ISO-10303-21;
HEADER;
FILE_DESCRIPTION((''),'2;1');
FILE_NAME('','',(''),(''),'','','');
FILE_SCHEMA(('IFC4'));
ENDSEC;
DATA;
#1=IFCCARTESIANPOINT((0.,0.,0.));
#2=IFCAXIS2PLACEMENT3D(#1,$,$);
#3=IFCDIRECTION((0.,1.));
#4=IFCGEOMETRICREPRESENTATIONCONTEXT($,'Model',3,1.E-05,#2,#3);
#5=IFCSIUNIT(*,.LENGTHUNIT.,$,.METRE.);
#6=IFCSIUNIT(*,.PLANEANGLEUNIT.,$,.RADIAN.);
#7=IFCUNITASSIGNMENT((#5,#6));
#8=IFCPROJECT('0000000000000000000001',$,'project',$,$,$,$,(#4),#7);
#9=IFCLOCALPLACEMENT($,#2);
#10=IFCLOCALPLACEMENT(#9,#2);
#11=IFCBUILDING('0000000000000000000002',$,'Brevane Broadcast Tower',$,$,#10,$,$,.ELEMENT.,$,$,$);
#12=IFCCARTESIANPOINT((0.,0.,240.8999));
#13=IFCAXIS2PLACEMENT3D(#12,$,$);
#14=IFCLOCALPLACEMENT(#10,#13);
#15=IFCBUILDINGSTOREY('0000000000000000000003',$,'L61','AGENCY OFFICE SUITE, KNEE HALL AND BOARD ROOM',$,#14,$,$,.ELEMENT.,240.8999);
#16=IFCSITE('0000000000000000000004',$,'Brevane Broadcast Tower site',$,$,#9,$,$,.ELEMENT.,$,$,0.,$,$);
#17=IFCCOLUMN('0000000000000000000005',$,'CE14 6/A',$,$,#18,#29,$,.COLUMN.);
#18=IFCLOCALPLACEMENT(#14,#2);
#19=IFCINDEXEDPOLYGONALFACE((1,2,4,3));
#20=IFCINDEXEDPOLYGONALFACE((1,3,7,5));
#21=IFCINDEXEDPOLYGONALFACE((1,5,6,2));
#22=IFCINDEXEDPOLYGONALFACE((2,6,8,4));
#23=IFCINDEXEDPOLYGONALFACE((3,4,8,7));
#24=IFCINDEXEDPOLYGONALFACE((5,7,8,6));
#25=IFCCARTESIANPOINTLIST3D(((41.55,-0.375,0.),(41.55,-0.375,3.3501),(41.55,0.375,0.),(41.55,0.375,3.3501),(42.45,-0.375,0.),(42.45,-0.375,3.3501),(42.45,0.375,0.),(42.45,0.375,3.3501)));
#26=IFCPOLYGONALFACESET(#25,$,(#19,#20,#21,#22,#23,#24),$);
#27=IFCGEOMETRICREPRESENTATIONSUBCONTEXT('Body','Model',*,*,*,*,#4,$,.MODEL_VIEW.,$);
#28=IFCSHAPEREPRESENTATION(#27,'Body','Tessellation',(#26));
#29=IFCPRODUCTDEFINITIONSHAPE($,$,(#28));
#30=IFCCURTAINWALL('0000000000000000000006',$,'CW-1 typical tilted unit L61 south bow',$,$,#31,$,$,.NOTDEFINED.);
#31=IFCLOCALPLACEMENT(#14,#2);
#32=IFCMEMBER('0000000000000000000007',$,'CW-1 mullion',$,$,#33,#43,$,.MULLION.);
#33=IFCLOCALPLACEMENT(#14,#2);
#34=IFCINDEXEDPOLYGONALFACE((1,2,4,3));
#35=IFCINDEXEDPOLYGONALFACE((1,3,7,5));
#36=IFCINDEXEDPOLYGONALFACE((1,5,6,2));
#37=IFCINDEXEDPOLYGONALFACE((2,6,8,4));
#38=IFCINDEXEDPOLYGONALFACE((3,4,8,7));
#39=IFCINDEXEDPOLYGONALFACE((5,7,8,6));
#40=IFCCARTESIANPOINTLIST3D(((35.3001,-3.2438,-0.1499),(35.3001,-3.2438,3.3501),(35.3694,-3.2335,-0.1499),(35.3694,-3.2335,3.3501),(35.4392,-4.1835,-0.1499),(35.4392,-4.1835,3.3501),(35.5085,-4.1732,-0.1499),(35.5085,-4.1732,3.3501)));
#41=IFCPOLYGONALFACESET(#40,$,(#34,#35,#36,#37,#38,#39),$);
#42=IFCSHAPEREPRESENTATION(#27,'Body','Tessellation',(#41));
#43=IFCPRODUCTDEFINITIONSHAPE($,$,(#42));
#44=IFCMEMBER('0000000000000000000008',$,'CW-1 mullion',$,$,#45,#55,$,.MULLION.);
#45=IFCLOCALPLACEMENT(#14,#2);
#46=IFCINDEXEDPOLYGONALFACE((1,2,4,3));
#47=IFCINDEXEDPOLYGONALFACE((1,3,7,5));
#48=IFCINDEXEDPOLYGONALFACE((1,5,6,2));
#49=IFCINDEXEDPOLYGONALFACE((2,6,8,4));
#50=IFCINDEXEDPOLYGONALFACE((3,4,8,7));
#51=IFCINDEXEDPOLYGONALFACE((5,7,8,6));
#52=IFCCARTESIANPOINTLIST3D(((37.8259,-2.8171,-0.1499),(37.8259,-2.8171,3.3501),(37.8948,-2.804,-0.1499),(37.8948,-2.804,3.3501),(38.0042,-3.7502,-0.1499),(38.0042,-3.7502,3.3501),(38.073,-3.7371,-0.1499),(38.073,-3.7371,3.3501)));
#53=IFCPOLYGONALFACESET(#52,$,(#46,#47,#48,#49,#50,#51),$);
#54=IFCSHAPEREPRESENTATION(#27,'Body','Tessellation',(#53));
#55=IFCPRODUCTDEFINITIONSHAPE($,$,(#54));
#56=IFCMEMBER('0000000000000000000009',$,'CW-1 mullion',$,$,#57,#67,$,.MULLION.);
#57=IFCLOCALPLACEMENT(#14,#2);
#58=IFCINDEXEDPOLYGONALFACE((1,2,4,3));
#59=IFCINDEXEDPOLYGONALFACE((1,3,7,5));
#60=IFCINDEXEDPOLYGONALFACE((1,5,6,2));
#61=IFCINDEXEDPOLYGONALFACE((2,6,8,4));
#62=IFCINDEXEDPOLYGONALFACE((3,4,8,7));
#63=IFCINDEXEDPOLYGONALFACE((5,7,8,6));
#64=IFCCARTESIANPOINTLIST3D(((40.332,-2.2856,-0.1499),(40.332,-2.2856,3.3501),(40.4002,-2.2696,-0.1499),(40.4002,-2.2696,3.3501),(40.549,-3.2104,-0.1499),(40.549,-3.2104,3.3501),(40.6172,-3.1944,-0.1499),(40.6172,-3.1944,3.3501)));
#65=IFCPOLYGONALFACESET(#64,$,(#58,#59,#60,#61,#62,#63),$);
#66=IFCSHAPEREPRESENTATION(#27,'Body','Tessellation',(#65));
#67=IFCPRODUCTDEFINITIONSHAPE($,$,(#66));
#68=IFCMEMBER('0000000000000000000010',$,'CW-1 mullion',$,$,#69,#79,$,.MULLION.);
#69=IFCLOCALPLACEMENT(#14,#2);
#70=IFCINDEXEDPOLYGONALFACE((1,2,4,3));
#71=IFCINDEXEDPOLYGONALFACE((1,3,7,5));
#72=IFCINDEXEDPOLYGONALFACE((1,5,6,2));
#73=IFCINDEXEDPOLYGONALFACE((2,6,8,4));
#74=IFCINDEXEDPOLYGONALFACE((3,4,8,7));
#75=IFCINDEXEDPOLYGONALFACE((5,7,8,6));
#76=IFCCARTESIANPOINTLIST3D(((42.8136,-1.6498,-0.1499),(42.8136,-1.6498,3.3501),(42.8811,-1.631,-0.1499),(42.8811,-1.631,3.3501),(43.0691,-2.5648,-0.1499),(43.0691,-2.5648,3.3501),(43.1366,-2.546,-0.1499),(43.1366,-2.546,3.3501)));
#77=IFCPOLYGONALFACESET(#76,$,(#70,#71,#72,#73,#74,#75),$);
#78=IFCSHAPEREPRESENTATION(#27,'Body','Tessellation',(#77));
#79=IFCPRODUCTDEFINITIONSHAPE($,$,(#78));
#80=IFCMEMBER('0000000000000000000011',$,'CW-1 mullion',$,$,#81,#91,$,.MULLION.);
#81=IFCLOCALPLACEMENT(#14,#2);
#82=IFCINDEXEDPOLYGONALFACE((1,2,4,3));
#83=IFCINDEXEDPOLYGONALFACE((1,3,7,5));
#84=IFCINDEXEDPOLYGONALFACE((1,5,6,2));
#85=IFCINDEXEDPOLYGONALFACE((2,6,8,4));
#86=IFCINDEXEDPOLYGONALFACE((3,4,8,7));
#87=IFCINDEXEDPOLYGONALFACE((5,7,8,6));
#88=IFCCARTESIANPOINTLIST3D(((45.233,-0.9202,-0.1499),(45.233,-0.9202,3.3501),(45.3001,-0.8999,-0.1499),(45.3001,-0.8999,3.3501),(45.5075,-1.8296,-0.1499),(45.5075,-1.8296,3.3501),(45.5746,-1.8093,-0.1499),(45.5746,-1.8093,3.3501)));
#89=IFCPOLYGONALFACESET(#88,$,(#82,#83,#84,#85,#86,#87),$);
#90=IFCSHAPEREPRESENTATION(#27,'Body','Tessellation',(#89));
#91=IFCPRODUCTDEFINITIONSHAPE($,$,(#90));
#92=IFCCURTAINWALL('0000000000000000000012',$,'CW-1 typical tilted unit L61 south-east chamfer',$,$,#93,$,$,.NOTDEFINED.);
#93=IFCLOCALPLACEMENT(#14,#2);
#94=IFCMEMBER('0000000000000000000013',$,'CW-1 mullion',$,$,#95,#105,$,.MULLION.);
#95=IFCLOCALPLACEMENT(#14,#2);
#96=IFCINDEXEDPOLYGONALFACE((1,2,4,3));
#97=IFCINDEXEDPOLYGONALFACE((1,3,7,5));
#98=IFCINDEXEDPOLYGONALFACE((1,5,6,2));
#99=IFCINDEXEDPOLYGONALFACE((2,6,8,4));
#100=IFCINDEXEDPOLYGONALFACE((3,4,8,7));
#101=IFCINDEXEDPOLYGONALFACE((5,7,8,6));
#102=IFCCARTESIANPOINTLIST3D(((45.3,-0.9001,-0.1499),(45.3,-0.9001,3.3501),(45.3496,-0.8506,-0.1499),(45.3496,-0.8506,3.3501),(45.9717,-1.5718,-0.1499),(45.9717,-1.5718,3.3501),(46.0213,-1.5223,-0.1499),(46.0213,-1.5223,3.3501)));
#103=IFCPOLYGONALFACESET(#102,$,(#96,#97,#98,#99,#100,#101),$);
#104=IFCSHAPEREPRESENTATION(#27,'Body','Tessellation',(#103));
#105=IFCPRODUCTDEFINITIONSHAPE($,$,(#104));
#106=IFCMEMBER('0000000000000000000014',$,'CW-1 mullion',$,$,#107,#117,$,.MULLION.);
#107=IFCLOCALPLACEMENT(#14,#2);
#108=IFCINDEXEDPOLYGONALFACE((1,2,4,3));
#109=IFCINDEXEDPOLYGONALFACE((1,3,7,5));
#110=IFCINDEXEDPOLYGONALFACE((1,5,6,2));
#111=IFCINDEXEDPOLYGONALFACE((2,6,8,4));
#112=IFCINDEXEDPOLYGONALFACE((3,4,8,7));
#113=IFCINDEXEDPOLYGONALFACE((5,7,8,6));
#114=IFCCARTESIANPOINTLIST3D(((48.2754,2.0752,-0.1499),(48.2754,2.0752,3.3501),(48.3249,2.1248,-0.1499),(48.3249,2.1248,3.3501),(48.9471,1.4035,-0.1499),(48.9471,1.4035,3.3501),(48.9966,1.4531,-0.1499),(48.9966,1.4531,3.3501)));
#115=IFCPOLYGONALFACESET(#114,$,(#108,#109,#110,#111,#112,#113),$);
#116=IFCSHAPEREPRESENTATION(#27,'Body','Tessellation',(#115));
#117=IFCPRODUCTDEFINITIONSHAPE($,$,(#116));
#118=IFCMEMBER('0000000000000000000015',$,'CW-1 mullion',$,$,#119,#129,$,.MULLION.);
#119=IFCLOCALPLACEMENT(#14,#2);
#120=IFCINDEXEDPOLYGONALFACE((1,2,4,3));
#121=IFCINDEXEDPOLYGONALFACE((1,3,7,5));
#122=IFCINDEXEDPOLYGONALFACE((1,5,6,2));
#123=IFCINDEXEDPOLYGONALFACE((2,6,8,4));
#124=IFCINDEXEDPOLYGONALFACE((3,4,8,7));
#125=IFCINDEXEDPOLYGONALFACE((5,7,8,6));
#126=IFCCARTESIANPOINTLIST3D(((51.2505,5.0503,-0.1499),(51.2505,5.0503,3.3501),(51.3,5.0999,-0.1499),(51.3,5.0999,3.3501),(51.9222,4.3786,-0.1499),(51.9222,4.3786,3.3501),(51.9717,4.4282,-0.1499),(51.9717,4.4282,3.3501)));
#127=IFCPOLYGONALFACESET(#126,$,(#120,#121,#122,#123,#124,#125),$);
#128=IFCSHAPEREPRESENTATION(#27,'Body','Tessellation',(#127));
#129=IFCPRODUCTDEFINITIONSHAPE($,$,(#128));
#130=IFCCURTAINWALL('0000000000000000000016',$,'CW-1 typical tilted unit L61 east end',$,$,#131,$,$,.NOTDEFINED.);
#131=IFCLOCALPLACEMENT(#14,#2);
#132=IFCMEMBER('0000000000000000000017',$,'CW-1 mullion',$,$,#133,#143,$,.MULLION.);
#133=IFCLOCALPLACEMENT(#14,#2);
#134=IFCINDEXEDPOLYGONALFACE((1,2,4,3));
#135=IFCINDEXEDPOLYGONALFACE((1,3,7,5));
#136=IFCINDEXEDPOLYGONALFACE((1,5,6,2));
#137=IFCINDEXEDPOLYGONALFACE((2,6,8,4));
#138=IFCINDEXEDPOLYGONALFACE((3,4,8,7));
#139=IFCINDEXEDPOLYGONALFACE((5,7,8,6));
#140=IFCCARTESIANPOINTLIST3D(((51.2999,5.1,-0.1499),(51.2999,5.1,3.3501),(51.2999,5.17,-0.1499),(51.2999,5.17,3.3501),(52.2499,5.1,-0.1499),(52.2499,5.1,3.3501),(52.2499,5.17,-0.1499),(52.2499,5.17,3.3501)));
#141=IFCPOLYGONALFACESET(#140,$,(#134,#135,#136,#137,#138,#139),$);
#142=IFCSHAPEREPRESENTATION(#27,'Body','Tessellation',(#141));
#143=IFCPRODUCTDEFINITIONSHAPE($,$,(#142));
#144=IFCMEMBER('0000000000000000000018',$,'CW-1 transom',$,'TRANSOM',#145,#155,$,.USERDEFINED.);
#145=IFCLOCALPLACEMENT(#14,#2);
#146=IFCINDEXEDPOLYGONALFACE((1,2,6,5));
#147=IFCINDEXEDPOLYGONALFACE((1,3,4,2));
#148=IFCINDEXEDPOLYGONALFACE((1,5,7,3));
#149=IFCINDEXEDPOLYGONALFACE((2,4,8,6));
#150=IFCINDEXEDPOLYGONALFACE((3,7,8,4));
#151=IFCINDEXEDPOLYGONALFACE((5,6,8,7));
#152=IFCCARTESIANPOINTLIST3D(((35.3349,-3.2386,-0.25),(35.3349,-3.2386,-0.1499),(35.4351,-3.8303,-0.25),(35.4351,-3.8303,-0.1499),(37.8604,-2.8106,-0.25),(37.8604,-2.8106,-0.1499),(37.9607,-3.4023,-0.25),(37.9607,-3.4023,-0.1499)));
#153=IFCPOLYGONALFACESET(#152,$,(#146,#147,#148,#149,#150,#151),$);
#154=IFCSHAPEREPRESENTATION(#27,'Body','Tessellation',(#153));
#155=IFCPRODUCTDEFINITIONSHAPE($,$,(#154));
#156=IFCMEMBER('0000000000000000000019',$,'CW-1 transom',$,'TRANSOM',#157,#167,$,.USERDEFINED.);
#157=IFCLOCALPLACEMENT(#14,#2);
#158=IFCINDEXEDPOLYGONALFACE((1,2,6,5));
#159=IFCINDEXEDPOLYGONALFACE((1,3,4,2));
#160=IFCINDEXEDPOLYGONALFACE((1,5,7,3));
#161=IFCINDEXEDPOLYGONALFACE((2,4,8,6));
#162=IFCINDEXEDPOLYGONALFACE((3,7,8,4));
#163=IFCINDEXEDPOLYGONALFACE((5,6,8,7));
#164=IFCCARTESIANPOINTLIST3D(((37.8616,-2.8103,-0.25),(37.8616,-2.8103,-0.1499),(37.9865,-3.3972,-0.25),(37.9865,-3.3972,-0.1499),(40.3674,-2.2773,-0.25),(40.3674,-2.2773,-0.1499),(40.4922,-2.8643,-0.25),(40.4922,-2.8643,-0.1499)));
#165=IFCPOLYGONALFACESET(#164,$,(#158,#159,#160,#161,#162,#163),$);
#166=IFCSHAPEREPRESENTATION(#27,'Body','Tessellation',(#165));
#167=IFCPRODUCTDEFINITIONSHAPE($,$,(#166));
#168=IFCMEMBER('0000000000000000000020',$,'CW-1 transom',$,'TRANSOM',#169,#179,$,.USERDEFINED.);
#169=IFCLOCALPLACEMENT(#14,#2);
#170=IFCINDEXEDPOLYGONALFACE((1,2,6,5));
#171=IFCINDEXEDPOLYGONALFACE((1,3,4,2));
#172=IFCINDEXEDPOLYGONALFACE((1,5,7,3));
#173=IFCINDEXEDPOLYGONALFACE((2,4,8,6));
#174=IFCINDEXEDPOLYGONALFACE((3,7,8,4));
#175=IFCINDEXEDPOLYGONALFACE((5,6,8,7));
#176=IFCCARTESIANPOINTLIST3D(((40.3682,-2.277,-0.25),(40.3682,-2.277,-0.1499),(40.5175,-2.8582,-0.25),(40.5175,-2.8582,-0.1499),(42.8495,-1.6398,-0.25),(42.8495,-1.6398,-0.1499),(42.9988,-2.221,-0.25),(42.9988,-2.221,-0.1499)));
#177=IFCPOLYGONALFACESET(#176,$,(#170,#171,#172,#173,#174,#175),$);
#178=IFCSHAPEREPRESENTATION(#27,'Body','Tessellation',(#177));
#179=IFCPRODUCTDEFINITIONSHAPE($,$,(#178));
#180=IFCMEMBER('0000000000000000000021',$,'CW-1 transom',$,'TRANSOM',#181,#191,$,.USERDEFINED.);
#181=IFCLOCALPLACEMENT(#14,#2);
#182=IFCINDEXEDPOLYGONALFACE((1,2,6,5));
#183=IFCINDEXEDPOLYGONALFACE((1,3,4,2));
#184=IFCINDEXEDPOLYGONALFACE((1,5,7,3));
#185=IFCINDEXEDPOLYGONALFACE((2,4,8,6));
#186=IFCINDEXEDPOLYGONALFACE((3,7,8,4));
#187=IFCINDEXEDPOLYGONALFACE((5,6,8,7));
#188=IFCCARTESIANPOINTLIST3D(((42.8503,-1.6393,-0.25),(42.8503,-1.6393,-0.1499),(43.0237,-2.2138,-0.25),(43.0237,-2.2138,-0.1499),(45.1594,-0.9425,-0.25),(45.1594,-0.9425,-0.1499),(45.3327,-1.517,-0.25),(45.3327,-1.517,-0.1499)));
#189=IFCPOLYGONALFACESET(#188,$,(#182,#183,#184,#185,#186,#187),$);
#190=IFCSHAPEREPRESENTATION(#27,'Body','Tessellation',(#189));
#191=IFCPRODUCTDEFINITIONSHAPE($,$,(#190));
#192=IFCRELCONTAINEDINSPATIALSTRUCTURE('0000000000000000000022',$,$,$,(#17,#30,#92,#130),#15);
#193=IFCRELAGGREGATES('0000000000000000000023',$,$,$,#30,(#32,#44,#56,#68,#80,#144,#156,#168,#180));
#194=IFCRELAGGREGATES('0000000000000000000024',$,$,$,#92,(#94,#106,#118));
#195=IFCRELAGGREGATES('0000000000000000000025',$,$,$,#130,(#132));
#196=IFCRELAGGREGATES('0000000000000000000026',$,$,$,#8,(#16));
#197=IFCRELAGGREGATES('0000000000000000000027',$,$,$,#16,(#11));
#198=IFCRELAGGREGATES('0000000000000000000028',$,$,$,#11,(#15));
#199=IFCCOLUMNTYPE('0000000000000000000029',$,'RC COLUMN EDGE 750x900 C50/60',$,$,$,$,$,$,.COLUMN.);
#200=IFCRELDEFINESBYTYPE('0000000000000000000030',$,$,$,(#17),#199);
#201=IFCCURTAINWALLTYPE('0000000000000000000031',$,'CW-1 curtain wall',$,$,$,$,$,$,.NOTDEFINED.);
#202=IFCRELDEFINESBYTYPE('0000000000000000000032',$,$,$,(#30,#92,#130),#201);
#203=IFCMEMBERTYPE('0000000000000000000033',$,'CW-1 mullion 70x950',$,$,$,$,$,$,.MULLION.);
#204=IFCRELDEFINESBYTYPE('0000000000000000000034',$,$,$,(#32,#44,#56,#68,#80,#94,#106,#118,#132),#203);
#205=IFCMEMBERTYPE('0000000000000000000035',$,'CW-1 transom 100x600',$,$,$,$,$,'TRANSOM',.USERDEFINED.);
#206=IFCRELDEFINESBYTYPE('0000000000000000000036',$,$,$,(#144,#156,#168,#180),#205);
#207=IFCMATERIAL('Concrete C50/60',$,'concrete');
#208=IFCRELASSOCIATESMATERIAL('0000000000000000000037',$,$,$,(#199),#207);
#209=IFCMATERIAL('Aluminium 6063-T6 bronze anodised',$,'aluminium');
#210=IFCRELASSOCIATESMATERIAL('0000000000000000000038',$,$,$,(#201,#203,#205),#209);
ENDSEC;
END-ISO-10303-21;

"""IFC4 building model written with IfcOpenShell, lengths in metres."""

from ifc_helpers import new_model, si_unit, direction, frame, origin, origin_2d, place, context, subcontext, project, spatial, rectangle, extrude, material, material_profile, profile_set, type_object, element, aggregate, save


model = new_model("IFC4")

# Units and contexts
model_context = context("Model", 3, precision=1e-05, world=origin(), true_north=direction((0.0, 1.0)))
body_context = subcontext(model_context, "Body", "Model", "MODEL_VIEW")
ifc_project = project(units=[si_unit("LENGTHUNIT", "METRE"), si_unit("PLANEANGLEUNIT", "RADIAN")], contexts=[model_context])

# Site, building, storey
site_placement = place(None, origin())
site = spatial("IfcSite", under=ifc_project, at=site_placement, Name="Brevane Broadcast Tower site", CompositionType="ELEMENT", RefElevation=0.0)
building_placement = place(site_placement, origin())
building = spatial("IfcBuilding", under=site, at=building_placement, Name="Brevane Broadcast Tower", CompositionType="ELEMENT")
storey_placement = place(building_placement, frame((0.0, 0.0, 240.8999)))
storey = spatial("IfcBuildingStorey", under=building, at=storey_placement, Name="L61", Description="AGENCY OFFICE SUITE, KNEE HALL AND BOARD ROOM", CompositionType="ELEMENT", Elevation=240.8999)

# Column
ifc_material_1 = material(Name="Concrete C50/60", Category="concrete")
ifc_material_profile_1 = material_profile(ifc_material_1, rectangle(XDim=0.75, YDim=0.8999, at=origin_2d()), Name="RC 750x900")
ifc_profile_set_1 = profile_set([ifc_material_profile_1], Name="Concrete C50/60")
column_type = type_object("IfcColumnType", Name="RC COLUMN EDGE 750x900 C50/60", PredefinedType="COLUMN", material=ifc_profile_set_1)
column_placement = place(storey_placement, frame((42.0, 0.0, 0.0), z_axis=(0.0, 0.0, 1.0), x_axis=(0.0, 1.0, 0.0)))
element("IfcColumn", 1, at=column_placement, inside=storey, type_object=column_type, Name="CE14 6/A", PredefinedType="COLUMN", context=body_context, shape_type="SweptSolid", body=[
    extrude(rectangle(XDim=0.75, YDim=0.8999, at=origin_2d()), origin(), (0.0, 0.0, 1.0), 3.3501),
])

# Curtain walls, members
ifc_material_2 = material(Name="Aluminium 6063-T6 bronze anodised", Category="aluminium")
curtain_wall_type = type_object("IfcCurtainWallType", Name="CW-1 curtain wall", PredefinedType="NOTDEFINED", material=ifc_material_2)
curtain_wall_1_placement = place(storey_placement, origin())
curtain_wall_1 = element("IfcCurtainWall", 2, at=curtain_wall_1_placement, inside=storey, type_object=curtain_wall_type, Name="CW-1 typical tilted unit L61 south bow", PredefinedType="NOTDEFINED")
ifc_material_profile_2 = material_profile(ifc_material_2, rectangle(XDim=0.95, YDim=0.0701, at=origin_2d()), Name="RECT 70x950")
ifc_profile_set_2 = profile_set([ifc_material_profile_2], Name="Aluminium 6063-T6 bronze anodised")
member_type_1 = type_object("IfcMemberType", Name="CW-1 mullion 70x950", PredefinedType="MULLION", material=ifc_profile_set_2)
member_1_placement = place(storey_placement, frame((35.4043, -3.7085, -0.1499), z_axis=(0.0, 0.0, 1.0), x_axis=(-0.146447, 0.989218, 0.0)))
member_1 = element("IfcMember", 3, at=member_1_placement, type_object=member_type_1, Name="CW-1 mullion", PredefinedType="MULLION", context=body_context, shape_type="SweptSolid", body=[
    extrude(rectangle(XDim=0.95, YDim=0.0701, at=origin_2d()), origin(), (0.0, 0.0, 1.0), 3.5),
])
member_2_placement = place(storey_placement, frame((37.9495, -3.2771, -0.1499), z_axis=(0.0, 0.0, 1.0), x_axis=(-0.187621, 0.982242, 0.0)))
member_2 = element("IfcMember", 4, at=member_2_placement, type_object=member_type_1, Name="CW-1 mullion", PredefinedType="MULLION", context=body_context, shape_type="SweptSolid", body=[
    extrude(rectangle(XDim=0.95, YDim=0.0701, at=origin_2d()), origin(), (0.0, 0.0, 1.0), 3.5),
])
member_3_placement = place(storey_placement, frame((40.4746, -2.74, -0.1499), z_axis=(0.0, 0.0, 1.0), x_axis=(-0.228467, 0.973552, 0.0)))
member_3 = element("IfcMember", 5, at=member_3_placement, type_object=member_type_1, Name="CW-1 mullion", PredefinedType="MULLION", context=body_context, shape_type="SweptSolid", body=[
    extrude(rectangle(XDim=0.95, YDim=0.0701, at=origin_2d()), origin(), (0.0, 0.0, 1.0), 3.5),
])
member_4_placement = place(storey_placement, frame((42.9751, -2.0979, -0.1499), z_axis=(0.0, 0.0, 1.0), x_axis=(-0.268916, 0.963164, 0.0)))
member_4 = element("IfcMember", 6, at=member_4_placement, type_object=member_type_1, Name="CW-1 mullion", PredefinedType="MULLION", context=body_context, shape_type="SweptSolid", body=[
    extrude(rectangle(XDim=0.95, YDim=0.0701, at=origin_2d()), origin(), (0.0, 0.0, 1.0), 3.5),
])
member_5_placement = place(storey_placement, frame((45.4038, -1.3647, -0.1499), z_axis=(0.0, 0.0, 1.0), x_axis=(-0.288968, 0.957339, 0.0)))
member_5 = element("IfcMember", 7, at=member_5_placement, type_object=member_type_1, Name="CW-1 mullion", PredefinedType="MULLION", context=body_context, shape_type="SweptSolid", body=[
    extrude(rectangle(XDim=0.95, YDim=0.0701, at=origin_2d()), origin(), (0.0, 0.0, 1.0), 3.5),
])
curtain_wall_2_placement = place(storey_placement, origin())
curtain_wall_2 = element("IfcCurtainWall", 8, at=curtain_wall_2_placement, inside=storey, type_object=curtain_wall_type, Name="CW-1 typical tilted unit L61 south-east chamfer", PredefinedType="NOTDEFINED")
member_6_placement = place(storey_placement, frame((45.6606, -1.2112, -0.1499), z_axis=(0.0, 0.0, 1.0), x_axis=(-0.707107, 0.707107, 0.0)))
member_6 = element("IfcMember", 9, at=member_6_placement, type_object=member_type_1, Name="CW-1 mullion", PredefinedType="MULLION", context=body_context, shape_type="SweptSolid", body=[
    extrude(rectangle(XDim=0.95, YDim=0.0701, at=origin_2d()), origin(), (0.0, 0.0, 1.0), 3.5),
])
member_7_placement = place(storey_placement, frame((48.636, 1.7642, -0.1499), z_axis=(0.0, 0.0, 1.0), x_axis=(-0.707107, 0.707107, 0.0)))
member_7 = element("IfcMember", 10, at=member_7_placement, type_object=member_type_1, Name="CW-1 mullion", PredefinedType="MULLION", context=body_context, shape_type="SweptSolid", body=[
    extrude(rectangle(XDim=0.95, YDim=0.0701, at=origin_2d()), origin(), (0.0, 0.0, 1.0), 3.5),
])
member_8_placement = place(storey_placement, frame((51.6111, 4.7393, -0.1499), z_axis=(0.0, 0.0, 1.0), x_axis=(-0.707107, 0.707107, 0.0)))
member_8 = element("IfcMember", 11, at=member_8_placement, type_object=member_type_1, Name="CW-1 mullion", PredefinedType="MULLION", context=body_context, shape_type="SweptSolid", body=[
    extrude(rectangle(XDim=0.95, YDim=0.0701, at=origin_2d()), origin(), (0.0, 0.0, 1.0), 3.5),
])

# Curtain wall, member
curtain_wall_3_placement = place(storey_placement, origin())
curtain_wall_3 = element("IfcCurtainWall", 12, at=curtain_wall_3_placement, inside=storey, type_object=curtain_wall_type, Name="CW-1 typical tilted unit L61 east end", PredefinedType="NOTDEFINED")
member_9_placement = place(storey_placement, frame((51.7749, 5.135, -0.1499), z_axis=(0.0, 0.0, 1.0), x_axis=(-1.0, 0.0, 0.0)))
member_9 = element("IfcMember", 13, at=member_9_placement, type_object=member_type_1, Name="CW-1 mullion", PredefinedType="MULLION", context=body_context, shape_type="SweptSolid", body=[
    extrude(rectangle(XDim=0.95, YDim=0.0701, at=origin_2d()), origin(), (0.0, 0.0, 1.0), 3.5),
])

# Members
ifc_material_profile_3 = material_profile(ifc_material_2, rectangle(XDim=0.6001, YDim=0.1001, at=origin_2d()), Name="RECT 100x600")
ifc_profile_set_3 = profile_set([ifc_material_profile_3], Name="Aluminium 6063-T6 bronze anodised")
member_type_2 = type_object("IfcMemberType", Name="CW-1 transom 100x600", ElementType="TRANSOM", PredefinedType="USERDEFINED", material=ifc_profile_set_3)
member_10_placement = place(storey_placement, frame((35.385, -3.5344, -0.2), z_axis=(0.985945, 0.167072, 0.0), x_axis=(-0.167072, 0.985945, 0.0)))
member_10 = element("IfcMember", 14, at=member_10_placement, type_object=member_type_2, Name="CW-1 transom", ObjectType="TRANSOM", PredefinedType="USERDEFINED", context=body_context, shape_type="SweptSolid", body=[
    extrude(rectangle(XDim=0.6001, YDim=0.1001, at=origin_2d()), origin(), (0.0, 0.0, 1.0), 2.5615),
])
member_11_placement = place(storey_placement, frame((37.9241, -3.1038, -0.2), z_axis=(0.978118, 0.208051, 0.0), x_axis=(-0.208051, 0.978118, 0.0)))
member_11 = element("IfcMember", 15, at=member_11_placement, type_object=member_type_2, Name="CW-1 transom", ObjectType="TRANSOM", PredefinedType="USERDEFINED", context=body_context, shape_type="SweptSolid", body=[
    extrude(rectangle(XDim=0.6001, YDim=0.1001, at=origin_2d()), origin(), (0.0, 0.0, 1.0), 2.5618),
])
member_12_placement = place(storey_placement, frame((40.4429, -2.5676, -0.2), z_axis=(0.96857, 0.248742, 0.0), x_axis=(-0.248742, 0.96857, 0.0)))
member_12 = element("IfcMember", 16, at=member_12_placement, type_object=member_type_2, Name="CW-1 transom", ObjectType="TRANSOM", PredefinedType="USERDEFINED", context=body_context, shape_type="SweptSolid", body=[
    extrude(rectangle(XDim=0.6001, YDim=0.1001, at=origin_2d()), origin(), (0.0, 0.0, 1.0), 2.5618),
])
member_13_placement = place(storey_placement, frame((42.937, -1.9265, -0.2), z_axis=(0.957363, 0.288889, 0.0), x_axis=(-0.288889, 0.957363, 0.0)))
member_13 = element("IfcMember", 17, at=member_13_placement, type_object=member_type_2, Name="CW-1 transom", ObjectType="TRANSOM", PredefinedType="USERDEFINED", context=body_context, shape_type="SweptSolid", body=[
    extrude(rectangle(XDim=0.6001, YDim=0.1001, at=origin_2d()), origin(), (0.0, 0.0, 1.0), 2.4119),
])
aggregate(curtain_wall_1, [member_1, member_2, member_3, member_4, member_5, member_10, member_11, member_12, member_13])
aggregate(curtain_wall_2, [member_6, member_7, member_8])
aggregate(curtain_wall_3, [member_9])

save(model, "model.ifc")
